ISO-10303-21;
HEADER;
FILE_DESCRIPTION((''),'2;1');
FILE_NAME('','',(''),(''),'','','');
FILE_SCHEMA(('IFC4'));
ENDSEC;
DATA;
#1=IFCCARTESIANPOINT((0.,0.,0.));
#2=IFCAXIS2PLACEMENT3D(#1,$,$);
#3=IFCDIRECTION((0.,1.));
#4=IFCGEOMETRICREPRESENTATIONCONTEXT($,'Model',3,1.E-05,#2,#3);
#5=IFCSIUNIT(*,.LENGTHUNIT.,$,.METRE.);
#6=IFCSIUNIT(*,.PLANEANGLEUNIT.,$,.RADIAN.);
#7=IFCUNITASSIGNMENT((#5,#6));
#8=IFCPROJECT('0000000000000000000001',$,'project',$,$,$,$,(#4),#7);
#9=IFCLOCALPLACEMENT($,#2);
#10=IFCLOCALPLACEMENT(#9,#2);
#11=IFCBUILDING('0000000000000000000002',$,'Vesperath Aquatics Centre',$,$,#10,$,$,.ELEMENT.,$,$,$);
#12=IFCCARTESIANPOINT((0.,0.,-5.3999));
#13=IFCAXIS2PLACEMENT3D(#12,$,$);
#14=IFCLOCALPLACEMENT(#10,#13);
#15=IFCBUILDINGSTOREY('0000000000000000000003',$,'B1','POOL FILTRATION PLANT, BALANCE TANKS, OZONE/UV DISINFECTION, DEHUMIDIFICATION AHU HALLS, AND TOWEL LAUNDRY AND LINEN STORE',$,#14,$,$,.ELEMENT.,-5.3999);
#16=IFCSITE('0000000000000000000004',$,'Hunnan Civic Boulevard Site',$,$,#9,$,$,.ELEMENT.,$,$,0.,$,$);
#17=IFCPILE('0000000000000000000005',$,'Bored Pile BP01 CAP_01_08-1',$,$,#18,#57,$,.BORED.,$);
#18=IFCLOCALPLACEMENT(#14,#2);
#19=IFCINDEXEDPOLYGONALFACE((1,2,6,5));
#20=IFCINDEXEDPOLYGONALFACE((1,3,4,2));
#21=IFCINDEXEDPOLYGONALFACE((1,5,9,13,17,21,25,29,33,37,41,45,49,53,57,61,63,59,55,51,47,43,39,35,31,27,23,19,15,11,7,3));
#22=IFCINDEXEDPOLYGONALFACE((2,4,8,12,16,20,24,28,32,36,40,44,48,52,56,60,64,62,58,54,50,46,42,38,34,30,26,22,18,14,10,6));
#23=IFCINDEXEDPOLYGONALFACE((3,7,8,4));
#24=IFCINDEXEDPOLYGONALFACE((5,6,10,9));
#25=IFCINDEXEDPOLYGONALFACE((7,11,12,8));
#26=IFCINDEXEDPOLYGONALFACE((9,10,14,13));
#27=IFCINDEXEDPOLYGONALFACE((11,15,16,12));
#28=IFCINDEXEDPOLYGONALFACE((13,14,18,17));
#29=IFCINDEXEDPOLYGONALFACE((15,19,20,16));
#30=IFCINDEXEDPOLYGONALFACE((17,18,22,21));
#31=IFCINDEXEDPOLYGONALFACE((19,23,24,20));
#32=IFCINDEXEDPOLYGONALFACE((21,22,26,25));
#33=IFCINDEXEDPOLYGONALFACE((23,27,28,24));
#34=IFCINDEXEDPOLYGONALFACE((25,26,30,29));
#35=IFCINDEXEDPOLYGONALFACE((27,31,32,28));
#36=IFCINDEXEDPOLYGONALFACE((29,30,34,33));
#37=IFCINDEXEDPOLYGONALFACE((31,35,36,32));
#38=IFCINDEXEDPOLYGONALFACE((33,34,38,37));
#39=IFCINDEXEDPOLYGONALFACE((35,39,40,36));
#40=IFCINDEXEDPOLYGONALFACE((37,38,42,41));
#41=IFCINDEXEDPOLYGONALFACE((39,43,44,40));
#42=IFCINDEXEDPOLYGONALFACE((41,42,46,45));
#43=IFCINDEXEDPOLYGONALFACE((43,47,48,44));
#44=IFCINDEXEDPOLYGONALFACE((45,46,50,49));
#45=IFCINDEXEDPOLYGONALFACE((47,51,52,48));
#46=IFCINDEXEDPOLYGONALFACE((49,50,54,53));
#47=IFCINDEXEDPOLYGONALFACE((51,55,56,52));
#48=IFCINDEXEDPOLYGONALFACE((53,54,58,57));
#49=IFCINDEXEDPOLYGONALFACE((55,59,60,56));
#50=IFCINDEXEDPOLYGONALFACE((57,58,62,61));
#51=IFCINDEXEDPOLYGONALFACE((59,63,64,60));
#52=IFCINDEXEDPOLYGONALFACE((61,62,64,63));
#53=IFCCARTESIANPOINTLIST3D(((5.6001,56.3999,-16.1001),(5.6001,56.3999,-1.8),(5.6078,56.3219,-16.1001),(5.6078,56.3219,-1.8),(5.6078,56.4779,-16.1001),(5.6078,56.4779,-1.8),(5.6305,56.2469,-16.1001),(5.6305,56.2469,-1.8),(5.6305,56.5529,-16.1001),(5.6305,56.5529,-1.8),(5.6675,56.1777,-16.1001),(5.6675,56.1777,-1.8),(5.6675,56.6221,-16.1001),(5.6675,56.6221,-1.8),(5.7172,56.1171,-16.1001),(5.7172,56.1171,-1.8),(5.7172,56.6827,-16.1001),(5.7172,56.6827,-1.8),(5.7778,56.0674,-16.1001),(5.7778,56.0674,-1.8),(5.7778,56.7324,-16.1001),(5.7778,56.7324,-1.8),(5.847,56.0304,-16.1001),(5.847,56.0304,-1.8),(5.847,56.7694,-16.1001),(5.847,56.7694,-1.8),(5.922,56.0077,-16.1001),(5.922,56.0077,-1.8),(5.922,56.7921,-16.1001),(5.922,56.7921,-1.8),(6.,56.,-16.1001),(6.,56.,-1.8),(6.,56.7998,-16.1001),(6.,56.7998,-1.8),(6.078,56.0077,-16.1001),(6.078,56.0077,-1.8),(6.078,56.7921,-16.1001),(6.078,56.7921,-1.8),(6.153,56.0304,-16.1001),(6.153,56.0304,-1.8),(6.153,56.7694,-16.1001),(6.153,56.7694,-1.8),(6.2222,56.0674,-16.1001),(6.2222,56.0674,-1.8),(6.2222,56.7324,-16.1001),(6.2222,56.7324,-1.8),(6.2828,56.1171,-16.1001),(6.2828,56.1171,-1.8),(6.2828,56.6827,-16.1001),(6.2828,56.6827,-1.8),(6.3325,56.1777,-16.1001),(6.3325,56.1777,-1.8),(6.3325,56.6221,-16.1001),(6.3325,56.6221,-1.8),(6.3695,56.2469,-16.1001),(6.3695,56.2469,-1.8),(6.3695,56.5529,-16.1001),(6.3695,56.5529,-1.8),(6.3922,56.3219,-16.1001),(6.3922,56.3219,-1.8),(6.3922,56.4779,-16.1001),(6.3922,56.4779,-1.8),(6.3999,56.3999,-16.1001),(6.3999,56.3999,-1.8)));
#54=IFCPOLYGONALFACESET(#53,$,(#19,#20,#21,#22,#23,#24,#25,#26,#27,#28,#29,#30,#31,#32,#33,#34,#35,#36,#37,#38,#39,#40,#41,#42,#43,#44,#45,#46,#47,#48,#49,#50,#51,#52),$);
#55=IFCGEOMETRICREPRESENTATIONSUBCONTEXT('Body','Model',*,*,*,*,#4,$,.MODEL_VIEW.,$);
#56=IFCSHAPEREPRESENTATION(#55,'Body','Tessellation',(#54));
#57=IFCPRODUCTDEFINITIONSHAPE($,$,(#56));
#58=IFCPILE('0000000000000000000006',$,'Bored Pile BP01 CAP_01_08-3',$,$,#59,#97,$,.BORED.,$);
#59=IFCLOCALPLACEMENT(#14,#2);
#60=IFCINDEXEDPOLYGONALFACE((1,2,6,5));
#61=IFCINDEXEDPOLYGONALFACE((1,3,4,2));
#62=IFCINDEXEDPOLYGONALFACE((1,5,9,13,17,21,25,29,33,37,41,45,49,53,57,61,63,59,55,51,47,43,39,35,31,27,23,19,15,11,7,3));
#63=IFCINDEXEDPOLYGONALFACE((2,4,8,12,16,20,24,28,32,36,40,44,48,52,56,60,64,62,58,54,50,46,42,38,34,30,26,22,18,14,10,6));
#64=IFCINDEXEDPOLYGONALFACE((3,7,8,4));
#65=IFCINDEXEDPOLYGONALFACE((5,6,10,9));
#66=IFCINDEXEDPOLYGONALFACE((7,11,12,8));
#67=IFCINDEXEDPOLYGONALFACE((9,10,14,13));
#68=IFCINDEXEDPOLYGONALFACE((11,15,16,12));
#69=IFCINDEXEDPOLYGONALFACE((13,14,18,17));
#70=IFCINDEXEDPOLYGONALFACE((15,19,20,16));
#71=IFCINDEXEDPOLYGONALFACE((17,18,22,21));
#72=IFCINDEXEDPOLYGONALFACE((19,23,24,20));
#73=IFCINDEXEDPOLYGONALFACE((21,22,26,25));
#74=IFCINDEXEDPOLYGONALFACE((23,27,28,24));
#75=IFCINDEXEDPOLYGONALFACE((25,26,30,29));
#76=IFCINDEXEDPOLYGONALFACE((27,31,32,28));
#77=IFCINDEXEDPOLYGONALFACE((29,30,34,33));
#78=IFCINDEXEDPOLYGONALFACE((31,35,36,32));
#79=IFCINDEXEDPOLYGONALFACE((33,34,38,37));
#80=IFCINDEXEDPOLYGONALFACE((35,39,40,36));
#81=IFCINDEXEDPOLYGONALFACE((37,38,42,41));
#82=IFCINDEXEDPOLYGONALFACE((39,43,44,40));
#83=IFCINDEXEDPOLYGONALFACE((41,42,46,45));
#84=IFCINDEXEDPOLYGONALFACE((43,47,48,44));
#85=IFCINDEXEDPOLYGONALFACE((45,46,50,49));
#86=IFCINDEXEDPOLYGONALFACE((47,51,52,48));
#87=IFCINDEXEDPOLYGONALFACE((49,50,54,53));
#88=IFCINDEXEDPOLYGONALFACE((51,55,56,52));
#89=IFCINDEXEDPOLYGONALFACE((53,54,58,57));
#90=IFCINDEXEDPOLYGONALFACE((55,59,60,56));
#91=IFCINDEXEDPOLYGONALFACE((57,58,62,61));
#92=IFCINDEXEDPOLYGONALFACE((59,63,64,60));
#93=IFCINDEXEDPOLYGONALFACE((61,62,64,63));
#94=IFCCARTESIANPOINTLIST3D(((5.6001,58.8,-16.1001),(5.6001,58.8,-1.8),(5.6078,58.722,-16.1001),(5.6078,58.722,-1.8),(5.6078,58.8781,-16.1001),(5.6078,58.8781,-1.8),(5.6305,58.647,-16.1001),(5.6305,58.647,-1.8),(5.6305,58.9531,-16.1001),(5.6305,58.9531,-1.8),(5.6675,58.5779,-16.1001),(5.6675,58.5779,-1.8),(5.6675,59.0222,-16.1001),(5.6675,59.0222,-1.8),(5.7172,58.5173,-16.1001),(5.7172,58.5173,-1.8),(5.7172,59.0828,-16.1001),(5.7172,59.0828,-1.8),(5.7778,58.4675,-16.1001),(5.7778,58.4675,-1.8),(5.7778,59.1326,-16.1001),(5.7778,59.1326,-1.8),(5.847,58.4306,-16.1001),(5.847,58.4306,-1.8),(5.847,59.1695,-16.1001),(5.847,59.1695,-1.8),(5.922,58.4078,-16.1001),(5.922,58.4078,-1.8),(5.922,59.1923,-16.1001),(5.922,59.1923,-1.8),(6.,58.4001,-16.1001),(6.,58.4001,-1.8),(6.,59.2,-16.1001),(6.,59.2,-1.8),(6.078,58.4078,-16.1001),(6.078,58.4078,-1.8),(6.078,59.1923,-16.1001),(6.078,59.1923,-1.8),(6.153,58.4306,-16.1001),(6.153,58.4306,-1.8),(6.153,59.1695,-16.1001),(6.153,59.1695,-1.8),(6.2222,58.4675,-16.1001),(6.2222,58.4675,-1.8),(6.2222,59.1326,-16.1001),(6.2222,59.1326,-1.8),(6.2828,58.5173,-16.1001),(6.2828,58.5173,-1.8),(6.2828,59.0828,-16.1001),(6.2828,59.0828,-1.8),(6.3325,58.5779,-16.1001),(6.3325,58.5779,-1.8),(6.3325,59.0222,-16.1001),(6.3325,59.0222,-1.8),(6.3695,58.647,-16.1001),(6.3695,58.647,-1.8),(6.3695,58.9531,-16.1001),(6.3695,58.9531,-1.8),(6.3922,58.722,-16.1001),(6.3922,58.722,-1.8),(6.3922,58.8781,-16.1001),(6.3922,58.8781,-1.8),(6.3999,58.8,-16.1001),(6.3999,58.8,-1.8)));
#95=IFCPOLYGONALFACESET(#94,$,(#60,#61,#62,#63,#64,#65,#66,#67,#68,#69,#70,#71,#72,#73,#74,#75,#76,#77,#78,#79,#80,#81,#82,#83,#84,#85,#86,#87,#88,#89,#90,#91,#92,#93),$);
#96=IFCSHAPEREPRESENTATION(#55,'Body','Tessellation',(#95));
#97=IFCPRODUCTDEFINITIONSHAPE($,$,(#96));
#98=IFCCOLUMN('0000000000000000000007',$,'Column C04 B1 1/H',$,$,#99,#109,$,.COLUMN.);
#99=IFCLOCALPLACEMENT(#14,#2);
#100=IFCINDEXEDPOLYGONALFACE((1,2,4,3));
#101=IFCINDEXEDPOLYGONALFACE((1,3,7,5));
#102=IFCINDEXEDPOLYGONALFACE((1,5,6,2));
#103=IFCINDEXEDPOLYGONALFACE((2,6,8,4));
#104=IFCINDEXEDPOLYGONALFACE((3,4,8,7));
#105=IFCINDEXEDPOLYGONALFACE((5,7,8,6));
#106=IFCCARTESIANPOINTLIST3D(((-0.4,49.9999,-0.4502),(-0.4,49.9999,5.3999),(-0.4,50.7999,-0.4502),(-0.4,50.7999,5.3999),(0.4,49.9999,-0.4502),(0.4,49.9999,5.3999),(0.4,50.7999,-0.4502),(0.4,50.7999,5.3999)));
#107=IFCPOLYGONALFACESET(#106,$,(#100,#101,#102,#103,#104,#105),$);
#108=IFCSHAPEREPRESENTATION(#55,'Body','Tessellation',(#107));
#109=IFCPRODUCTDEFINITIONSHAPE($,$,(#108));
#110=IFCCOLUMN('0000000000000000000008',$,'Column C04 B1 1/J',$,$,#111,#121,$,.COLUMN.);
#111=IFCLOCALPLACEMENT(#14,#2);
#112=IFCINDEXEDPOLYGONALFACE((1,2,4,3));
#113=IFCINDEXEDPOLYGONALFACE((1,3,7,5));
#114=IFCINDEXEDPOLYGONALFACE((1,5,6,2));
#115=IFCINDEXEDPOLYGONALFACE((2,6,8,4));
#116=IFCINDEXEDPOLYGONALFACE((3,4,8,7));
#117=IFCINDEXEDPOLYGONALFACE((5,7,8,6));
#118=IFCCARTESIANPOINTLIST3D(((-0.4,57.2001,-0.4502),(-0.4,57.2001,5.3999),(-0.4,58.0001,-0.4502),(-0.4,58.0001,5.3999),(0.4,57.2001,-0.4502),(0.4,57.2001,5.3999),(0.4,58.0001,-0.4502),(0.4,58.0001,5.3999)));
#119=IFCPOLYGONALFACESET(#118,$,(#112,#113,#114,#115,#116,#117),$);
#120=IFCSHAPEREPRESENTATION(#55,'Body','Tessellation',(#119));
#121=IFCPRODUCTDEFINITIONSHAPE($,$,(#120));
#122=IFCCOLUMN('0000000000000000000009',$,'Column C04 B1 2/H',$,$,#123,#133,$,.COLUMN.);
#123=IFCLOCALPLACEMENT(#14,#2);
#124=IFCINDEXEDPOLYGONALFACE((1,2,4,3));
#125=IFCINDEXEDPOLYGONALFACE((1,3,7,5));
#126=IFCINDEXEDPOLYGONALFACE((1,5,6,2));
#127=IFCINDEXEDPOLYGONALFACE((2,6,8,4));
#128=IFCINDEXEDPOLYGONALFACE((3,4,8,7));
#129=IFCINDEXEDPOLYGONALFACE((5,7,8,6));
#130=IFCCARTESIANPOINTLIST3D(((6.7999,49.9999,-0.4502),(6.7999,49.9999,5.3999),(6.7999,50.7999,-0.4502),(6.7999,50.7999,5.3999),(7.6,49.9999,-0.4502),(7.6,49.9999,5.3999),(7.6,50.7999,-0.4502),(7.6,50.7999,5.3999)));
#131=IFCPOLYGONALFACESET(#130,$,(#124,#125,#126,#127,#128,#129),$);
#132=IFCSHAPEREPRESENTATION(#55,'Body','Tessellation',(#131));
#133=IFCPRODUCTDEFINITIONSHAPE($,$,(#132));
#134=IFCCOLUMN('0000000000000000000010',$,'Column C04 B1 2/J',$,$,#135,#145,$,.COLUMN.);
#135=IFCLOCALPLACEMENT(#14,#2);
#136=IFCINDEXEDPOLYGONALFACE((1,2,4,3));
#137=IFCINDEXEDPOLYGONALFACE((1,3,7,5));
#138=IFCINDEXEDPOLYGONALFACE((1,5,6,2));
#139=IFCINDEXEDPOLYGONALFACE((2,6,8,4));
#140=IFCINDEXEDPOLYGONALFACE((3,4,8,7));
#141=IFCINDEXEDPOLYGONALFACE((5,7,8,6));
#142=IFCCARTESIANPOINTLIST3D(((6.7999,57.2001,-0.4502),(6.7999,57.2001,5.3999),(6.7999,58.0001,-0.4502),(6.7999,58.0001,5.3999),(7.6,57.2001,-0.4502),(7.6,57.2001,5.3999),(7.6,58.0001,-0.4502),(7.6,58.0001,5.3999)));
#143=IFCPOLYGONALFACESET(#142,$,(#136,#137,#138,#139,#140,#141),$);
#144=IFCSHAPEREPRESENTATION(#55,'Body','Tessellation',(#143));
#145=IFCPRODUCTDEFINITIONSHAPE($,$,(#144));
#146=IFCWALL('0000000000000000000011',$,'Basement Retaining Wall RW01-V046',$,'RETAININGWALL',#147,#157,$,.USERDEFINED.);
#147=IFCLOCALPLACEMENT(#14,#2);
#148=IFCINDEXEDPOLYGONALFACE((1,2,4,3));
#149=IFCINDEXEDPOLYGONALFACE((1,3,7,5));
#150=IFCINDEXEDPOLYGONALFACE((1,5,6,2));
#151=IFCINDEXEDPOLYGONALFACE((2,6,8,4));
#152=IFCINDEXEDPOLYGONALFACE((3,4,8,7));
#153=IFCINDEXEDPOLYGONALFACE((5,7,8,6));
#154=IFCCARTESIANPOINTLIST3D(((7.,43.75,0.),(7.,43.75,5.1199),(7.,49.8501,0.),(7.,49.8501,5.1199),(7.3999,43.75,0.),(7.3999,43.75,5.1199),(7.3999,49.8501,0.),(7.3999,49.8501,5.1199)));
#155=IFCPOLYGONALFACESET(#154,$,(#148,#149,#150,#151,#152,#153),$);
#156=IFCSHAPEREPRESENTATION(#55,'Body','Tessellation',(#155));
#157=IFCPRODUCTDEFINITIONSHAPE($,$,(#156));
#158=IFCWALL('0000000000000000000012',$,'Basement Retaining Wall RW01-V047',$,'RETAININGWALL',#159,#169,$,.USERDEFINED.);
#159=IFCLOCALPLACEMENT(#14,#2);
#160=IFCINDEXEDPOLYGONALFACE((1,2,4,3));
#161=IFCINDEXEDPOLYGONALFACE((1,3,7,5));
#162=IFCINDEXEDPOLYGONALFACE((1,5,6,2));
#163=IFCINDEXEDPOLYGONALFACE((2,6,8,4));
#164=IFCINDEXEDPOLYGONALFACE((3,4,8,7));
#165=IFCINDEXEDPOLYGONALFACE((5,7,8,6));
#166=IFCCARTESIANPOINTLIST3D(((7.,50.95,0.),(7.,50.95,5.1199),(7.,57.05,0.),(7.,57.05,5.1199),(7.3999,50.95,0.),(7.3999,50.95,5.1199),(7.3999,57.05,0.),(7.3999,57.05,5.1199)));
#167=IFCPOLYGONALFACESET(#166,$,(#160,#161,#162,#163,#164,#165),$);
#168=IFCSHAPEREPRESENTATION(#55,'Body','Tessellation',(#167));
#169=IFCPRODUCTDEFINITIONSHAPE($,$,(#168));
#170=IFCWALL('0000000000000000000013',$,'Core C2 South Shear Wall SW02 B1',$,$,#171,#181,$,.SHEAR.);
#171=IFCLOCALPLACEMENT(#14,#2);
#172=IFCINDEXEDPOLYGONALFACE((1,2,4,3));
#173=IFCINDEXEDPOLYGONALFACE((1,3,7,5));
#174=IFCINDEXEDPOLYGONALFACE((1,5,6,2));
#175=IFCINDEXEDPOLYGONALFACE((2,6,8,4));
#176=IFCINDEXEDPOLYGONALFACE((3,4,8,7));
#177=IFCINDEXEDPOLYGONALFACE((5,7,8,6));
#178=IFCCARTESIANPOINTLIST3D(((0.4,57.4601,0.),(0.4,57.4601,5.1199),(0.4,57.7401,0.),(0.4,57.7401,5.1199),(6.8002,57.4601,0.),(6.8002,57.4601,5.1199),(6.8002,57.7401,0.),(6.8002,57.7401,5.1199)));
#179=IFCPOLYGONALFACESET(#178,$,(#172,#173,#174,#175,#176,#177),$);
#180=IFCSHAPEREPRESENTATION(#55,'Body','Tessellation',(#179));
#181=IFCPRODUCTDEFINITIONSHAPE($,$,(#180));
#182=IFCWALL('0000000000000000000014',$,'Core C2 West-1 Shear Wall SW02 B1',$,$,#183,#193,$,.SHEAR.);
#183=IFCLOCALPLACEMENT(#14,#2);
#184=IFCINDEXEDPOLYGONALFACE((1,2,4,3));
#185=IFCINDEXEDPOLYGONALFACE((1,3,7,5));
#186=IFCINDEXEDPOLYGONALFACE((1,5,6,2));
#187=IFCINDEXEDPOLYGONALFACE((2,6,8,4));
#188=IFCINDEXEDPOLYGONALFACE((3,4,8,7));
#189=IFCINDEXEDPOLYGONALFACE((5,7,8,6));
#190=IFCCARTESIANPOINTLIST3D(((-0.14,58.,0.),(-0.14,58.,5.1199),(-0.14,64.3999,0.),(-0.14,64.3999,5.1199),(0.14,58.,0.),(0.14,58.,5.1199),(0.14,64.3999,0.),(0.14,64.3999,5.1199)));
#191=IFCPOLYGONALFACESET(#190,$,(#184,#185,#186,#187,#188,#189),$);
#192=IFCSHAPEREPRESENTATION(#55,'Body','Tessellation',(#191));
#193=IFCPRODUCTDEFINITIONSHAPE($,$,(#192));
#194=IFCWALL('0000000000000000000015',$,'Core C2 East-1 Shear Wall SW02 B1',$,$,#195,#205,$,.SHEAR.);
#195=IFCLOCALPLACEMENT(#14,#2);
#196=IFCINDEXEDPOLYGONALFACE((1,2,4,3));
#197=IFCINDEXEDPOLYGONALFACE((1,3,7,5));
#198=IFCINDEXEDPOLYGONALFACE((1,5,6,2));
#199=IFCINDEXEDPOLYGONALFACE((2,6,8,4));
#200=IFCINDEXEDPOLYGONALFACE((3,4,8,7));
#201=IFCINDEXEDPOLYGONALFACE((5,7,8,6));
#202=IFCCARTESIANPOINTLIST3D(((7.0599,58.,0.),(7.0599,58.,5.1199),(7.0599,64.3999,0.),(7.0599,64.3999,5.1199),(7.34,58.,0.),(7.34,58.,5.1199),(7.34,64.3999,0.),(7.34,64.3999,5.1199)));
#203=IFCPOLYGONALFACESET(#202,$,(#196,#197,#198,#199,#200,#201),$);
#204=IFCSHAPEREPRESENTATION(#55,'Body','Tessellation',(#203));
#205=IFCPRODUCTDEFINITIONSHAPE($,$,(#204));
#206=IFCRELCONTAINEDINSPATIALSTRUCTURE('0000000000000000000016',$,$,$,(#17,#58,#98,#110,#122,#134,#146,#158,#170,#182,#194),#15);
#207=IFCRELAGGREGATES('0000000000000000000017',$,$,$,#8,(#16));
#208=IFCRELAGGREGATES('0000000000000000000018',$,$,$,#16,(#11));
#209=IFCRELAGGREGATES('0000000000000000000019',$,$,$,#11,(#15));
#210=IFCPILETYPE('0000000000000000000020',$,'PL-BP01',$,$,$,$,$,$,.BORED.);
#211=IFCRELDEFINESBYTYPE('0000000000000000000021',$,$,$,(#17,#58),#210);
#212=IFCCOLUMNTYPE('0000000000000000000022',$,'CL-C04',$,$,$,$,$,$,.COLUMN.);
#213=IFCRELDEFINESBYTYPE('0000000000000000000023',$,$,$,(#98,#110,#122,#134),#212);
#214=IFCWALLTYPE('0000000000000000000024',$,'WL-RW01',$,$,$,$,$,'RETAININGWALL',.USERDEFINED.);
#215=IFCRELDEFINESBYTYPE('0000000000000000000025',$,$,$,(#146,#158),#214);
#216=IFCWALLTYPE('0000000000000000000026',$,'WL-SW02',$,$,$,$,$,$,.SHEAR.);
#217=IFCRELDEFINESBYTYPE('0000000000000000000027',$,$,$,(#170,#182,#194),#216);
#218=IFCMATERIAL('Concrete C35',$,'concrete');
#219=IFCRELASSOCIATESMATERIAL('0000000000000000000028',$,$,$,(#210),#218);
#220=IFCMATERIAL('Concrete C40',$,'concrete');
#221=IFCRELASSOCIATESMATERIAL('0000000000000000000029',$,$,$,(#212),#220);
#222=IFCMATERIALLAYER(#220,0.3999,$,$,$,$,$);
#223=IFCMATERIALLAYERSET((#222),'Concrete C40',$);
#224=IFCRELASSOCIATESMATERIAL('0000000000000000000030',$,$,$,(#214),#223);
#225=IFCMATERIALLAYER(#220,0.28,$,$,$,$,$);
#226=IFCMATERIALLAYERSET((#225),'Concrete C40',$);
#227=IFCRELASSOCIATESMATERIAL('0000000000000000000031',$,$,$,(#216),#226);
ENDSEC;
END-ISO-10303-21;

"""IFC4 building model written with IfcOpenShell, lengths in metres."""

from ifc_helpers import new_model, si_unit, direction, frame, frame_2d, origin, origin_2d, place, context, subcontext, project, spatial, rectangle, circle, extrude, material, layer, layer_set, material_profile, profile_set, type_object, element, save


model = new_model("IFC4")

# Units and contexts
model_context = context("Model", 3, precision=1e-05, world=origin(), true_north=direction((0.0, 1.0)))
body_context = subcontext(model_context, "Body", "Model", "MODEL_VIEW")
ifc_project = project(units=[si_unit("LENGTHUNIT", "METRE"), si_unit("PLANEANGLEUNIT", "RADIAN")], contexts=[model_context])

# Site, building, storey
site_placement = place(None, origin())
site = spatial("IfcSite", under=ifc_project, at=site_placement, Name="Hunnan Civic Boulevard Site", CompositionType="ELEMENT", RefElevation=0.0)
building_placement = place(site_placement, origin())
building = spatial("IfcBuilding", under=site, at=building_placement, Name="Vesperath Aquatics Centre", CompositionType="ELEMENT")
storey_placement = place(building_placement, frame((0.0, 0.0, -5.3999)))
storey = spatial("IfcBuildingStorey", under=building, at=storey_placement, Name="B1", Description="POOL FILTRATION PLANT, BALANCE TANKS, OZONE/UV DISINFECTION, DEHUMIDIFICATION AHU HALLS, AND TOWEL LAUNDRY AND LINEN STORE", CompositionType="ELEMENT", Elevation=-5.3999)

# Shared definitions
ifc_material_1 = material(Name="Concrete C40", Category="concrete")

# Piles
ifc_material_2 = material(Name="Concrete C35", Category="concrete")
ifc_material_profile_1 = material_profile(ifc_material_2, circle(Radius=0.3999, at=origin_2d()), Name="PILE D800")
ifc_profile_set_1 = profile_set([ifc_material_profile_1], Name="Concrete C35")
pile_type = type_object("IfcPileType", Name="PL-BP01", PredefinedType="BORED", material=ifc_profile_set_1)
for number, where, z_axis, x_axis, name in (
    (1, (6.0, 56.3999, -1.8), (0.0, 0.0, -1.0), (1.0, 0.0, 0.0), "Bored Pile BP01 CAP_01_08-1"),
    (2, (6.0, 58.8, -1.8), (0.0, 0.0, -1.0), (1.0, 0.0, 0.0), "Bored Pile BP01 CAP_01_08-3"),
):
    element("IfcPile", number, at=place(storey_placement, frame(where, z_axis=z_axis, x_axis=x_axis)), inside=storey, type_object=pile_type, Name=name, PredefinedType="BORED", context=body_context, shape_type="SweptSolid", body=[
        extrude(circle(Radius=0.3999, at=origin_2d()), origin(), (0.0, 0.0, 1.0), 14.3),
    ])

# Columns
ifc_material_profile_2 = material_profile(ifc_material_1, rectangle(XDim=0.8, YDim=0.8, at=origin_2d()), Name="RC 800x800")
ifc_profile_set_2 = profile_set([ifc_material_profile_2], Name="Concrete C40")
column_type = type_object("IfcColumnType", Name="CL-C04", PredefinedType="COLUMN", material=ifc_profile_set_2)
for number, where, z_axis, x_axis, name in (
    (3, (0.0, 50.3999, -0.4502), (0.0, 0.0, 1.0), (1.0, 0.0, 0.0), "Column C04 B1 1/H"),
    (4, (0.0, 57.6001, -0.4502), (0.0, 0.0, 1.0), (1.0, 0.0, 0.0), "Column C04 B1 1/J"),
    (5, (7.2, 50.3999, -0.4502), (0.0, 0.0, 1.0), (1.0, 0.0, 0.0), "Column C04 B1 2/H"),
    (6, (7.2, 57.6001, -0.4502), (0.0, 0.0, 1.0), (1.0, 0.0, 0.0), "Column C04 B1 2/J"),
):
    element("IfcColumn", number, at=place(storey_placement, frame(where, z_axis=z_axis, x_axis=x_axis)), inside=storey, type_object=column_type, Name=name, PredefinedType="COLUMN", context=body_context, shape_type="SweptSolid", body=[
        extrude(rectangle(XDim=0.8, YDim=0.8, at=origin_2d()), origin(), (0.0, 0.0, 1.0), 5.8501),
    ])

# Walls
ifc_layer_1 = layer(ifc_material_1, 0.3999)
ifc_layer_set_1 = layer_set([ifc_layer_1], Name="Concrete C40")
wall_type_1 = type_object("IfcWallType", Name="WL-RW01", ElementType="RETAININGWALL", PredefinedType="USERDEFINED", material=ifc_layer_set_1)
for number, where, z_axis, x_axis, name in (
    (7, (7.2, 43.75, 0.0), (0.0, 0.0, 1.0), (0.0, 1.0, 0.0), "Basement Retaining Wall RW01-V046"),
    (8, (7.2, 50.95, 0.0), (0.0, 0.0, 1.0), (0.0, 1.0, 0.0), "Basement Retaining Wall RW01-V047"),
):
    element("IfcWall", number, at=place(storey_placement, frame(where, z_axis=z_axis, x_axis=x_axis)), inside=storey, type_object=wall_type_1, Name=name, ObjectType="RETAININGWALL", PredefinedType="USERDEFINED", context=body_context, shape_type="SweptSolid", body=[
        extrude(rectangle(XDim=6.1001, YDim=0.3999, at=frame_2d((3.05, 0.0))), origin(), (0.0, 0.0, 1.0), 5.1199),
    ])
ifc_layer_2 = layer(ifc_material_1, 0.28)
ifc_layer_set_2 = layer_set([ifc_layer_2], Name="Concrete C40")
wall_type_2 = type_object("IfcWallType", Name="WL-SW02", PredefinedType="SHEAR", material=ifc_layer_set_2)
wall_1_placement = place(storey_placement, frame((0.3999, 57.6001, 0.0), z_axis=(0.0, 0.0, 1.0), x_axis=(1.0, 0.0, 0.0)))
element("IfcWall", 9, at=wall_1_placement, inside=storey, type_object=wall_type_2, Name="Core C2 South Shear Wall SW02 B1", PredefinedType="SHEAR", context=body_context, shape_type="SweptSolid", body=[
    extrude(rectangle(XDim=6.4001, YDim=0.28, at=frame_2d((3.2002, 0.0))), origin(), (0.0, 0.0, 1.0), 5.1199),
])
for number, where, z_axis, x_axis, name in (
    (10, (0.0, 58.0, 0.0), (0.0, 0.0, 1.0), (0.0, 1.0, 0.0), "Core C2 West-1 Shear Wall SW02 B1"),
    (11, (7.2, 58.0, 0.0), (0.0, 0.0, 1.0), (0.0, 1.0, 0.0), "Core C2 East-1 Shear Wall SW02 B1"),
):
    element("IfcWall", number, at=place(storey_placement, frame(where, z_axis=z_axis, x_axis=x_axis)), inside=storey, type_object=wall_type_2, Name=name, PredefinedType="SHEAR", context=body_context, shape_type="SweptSolid", body=[
        extrude(rectangle(XDim=6.3999, YDim=0.28, at=frame_2d((3.2, 0.0))), origin(), (0.0, 0.0, 1.0), 5.1199),
    ])

save(model, "model.ifc")
